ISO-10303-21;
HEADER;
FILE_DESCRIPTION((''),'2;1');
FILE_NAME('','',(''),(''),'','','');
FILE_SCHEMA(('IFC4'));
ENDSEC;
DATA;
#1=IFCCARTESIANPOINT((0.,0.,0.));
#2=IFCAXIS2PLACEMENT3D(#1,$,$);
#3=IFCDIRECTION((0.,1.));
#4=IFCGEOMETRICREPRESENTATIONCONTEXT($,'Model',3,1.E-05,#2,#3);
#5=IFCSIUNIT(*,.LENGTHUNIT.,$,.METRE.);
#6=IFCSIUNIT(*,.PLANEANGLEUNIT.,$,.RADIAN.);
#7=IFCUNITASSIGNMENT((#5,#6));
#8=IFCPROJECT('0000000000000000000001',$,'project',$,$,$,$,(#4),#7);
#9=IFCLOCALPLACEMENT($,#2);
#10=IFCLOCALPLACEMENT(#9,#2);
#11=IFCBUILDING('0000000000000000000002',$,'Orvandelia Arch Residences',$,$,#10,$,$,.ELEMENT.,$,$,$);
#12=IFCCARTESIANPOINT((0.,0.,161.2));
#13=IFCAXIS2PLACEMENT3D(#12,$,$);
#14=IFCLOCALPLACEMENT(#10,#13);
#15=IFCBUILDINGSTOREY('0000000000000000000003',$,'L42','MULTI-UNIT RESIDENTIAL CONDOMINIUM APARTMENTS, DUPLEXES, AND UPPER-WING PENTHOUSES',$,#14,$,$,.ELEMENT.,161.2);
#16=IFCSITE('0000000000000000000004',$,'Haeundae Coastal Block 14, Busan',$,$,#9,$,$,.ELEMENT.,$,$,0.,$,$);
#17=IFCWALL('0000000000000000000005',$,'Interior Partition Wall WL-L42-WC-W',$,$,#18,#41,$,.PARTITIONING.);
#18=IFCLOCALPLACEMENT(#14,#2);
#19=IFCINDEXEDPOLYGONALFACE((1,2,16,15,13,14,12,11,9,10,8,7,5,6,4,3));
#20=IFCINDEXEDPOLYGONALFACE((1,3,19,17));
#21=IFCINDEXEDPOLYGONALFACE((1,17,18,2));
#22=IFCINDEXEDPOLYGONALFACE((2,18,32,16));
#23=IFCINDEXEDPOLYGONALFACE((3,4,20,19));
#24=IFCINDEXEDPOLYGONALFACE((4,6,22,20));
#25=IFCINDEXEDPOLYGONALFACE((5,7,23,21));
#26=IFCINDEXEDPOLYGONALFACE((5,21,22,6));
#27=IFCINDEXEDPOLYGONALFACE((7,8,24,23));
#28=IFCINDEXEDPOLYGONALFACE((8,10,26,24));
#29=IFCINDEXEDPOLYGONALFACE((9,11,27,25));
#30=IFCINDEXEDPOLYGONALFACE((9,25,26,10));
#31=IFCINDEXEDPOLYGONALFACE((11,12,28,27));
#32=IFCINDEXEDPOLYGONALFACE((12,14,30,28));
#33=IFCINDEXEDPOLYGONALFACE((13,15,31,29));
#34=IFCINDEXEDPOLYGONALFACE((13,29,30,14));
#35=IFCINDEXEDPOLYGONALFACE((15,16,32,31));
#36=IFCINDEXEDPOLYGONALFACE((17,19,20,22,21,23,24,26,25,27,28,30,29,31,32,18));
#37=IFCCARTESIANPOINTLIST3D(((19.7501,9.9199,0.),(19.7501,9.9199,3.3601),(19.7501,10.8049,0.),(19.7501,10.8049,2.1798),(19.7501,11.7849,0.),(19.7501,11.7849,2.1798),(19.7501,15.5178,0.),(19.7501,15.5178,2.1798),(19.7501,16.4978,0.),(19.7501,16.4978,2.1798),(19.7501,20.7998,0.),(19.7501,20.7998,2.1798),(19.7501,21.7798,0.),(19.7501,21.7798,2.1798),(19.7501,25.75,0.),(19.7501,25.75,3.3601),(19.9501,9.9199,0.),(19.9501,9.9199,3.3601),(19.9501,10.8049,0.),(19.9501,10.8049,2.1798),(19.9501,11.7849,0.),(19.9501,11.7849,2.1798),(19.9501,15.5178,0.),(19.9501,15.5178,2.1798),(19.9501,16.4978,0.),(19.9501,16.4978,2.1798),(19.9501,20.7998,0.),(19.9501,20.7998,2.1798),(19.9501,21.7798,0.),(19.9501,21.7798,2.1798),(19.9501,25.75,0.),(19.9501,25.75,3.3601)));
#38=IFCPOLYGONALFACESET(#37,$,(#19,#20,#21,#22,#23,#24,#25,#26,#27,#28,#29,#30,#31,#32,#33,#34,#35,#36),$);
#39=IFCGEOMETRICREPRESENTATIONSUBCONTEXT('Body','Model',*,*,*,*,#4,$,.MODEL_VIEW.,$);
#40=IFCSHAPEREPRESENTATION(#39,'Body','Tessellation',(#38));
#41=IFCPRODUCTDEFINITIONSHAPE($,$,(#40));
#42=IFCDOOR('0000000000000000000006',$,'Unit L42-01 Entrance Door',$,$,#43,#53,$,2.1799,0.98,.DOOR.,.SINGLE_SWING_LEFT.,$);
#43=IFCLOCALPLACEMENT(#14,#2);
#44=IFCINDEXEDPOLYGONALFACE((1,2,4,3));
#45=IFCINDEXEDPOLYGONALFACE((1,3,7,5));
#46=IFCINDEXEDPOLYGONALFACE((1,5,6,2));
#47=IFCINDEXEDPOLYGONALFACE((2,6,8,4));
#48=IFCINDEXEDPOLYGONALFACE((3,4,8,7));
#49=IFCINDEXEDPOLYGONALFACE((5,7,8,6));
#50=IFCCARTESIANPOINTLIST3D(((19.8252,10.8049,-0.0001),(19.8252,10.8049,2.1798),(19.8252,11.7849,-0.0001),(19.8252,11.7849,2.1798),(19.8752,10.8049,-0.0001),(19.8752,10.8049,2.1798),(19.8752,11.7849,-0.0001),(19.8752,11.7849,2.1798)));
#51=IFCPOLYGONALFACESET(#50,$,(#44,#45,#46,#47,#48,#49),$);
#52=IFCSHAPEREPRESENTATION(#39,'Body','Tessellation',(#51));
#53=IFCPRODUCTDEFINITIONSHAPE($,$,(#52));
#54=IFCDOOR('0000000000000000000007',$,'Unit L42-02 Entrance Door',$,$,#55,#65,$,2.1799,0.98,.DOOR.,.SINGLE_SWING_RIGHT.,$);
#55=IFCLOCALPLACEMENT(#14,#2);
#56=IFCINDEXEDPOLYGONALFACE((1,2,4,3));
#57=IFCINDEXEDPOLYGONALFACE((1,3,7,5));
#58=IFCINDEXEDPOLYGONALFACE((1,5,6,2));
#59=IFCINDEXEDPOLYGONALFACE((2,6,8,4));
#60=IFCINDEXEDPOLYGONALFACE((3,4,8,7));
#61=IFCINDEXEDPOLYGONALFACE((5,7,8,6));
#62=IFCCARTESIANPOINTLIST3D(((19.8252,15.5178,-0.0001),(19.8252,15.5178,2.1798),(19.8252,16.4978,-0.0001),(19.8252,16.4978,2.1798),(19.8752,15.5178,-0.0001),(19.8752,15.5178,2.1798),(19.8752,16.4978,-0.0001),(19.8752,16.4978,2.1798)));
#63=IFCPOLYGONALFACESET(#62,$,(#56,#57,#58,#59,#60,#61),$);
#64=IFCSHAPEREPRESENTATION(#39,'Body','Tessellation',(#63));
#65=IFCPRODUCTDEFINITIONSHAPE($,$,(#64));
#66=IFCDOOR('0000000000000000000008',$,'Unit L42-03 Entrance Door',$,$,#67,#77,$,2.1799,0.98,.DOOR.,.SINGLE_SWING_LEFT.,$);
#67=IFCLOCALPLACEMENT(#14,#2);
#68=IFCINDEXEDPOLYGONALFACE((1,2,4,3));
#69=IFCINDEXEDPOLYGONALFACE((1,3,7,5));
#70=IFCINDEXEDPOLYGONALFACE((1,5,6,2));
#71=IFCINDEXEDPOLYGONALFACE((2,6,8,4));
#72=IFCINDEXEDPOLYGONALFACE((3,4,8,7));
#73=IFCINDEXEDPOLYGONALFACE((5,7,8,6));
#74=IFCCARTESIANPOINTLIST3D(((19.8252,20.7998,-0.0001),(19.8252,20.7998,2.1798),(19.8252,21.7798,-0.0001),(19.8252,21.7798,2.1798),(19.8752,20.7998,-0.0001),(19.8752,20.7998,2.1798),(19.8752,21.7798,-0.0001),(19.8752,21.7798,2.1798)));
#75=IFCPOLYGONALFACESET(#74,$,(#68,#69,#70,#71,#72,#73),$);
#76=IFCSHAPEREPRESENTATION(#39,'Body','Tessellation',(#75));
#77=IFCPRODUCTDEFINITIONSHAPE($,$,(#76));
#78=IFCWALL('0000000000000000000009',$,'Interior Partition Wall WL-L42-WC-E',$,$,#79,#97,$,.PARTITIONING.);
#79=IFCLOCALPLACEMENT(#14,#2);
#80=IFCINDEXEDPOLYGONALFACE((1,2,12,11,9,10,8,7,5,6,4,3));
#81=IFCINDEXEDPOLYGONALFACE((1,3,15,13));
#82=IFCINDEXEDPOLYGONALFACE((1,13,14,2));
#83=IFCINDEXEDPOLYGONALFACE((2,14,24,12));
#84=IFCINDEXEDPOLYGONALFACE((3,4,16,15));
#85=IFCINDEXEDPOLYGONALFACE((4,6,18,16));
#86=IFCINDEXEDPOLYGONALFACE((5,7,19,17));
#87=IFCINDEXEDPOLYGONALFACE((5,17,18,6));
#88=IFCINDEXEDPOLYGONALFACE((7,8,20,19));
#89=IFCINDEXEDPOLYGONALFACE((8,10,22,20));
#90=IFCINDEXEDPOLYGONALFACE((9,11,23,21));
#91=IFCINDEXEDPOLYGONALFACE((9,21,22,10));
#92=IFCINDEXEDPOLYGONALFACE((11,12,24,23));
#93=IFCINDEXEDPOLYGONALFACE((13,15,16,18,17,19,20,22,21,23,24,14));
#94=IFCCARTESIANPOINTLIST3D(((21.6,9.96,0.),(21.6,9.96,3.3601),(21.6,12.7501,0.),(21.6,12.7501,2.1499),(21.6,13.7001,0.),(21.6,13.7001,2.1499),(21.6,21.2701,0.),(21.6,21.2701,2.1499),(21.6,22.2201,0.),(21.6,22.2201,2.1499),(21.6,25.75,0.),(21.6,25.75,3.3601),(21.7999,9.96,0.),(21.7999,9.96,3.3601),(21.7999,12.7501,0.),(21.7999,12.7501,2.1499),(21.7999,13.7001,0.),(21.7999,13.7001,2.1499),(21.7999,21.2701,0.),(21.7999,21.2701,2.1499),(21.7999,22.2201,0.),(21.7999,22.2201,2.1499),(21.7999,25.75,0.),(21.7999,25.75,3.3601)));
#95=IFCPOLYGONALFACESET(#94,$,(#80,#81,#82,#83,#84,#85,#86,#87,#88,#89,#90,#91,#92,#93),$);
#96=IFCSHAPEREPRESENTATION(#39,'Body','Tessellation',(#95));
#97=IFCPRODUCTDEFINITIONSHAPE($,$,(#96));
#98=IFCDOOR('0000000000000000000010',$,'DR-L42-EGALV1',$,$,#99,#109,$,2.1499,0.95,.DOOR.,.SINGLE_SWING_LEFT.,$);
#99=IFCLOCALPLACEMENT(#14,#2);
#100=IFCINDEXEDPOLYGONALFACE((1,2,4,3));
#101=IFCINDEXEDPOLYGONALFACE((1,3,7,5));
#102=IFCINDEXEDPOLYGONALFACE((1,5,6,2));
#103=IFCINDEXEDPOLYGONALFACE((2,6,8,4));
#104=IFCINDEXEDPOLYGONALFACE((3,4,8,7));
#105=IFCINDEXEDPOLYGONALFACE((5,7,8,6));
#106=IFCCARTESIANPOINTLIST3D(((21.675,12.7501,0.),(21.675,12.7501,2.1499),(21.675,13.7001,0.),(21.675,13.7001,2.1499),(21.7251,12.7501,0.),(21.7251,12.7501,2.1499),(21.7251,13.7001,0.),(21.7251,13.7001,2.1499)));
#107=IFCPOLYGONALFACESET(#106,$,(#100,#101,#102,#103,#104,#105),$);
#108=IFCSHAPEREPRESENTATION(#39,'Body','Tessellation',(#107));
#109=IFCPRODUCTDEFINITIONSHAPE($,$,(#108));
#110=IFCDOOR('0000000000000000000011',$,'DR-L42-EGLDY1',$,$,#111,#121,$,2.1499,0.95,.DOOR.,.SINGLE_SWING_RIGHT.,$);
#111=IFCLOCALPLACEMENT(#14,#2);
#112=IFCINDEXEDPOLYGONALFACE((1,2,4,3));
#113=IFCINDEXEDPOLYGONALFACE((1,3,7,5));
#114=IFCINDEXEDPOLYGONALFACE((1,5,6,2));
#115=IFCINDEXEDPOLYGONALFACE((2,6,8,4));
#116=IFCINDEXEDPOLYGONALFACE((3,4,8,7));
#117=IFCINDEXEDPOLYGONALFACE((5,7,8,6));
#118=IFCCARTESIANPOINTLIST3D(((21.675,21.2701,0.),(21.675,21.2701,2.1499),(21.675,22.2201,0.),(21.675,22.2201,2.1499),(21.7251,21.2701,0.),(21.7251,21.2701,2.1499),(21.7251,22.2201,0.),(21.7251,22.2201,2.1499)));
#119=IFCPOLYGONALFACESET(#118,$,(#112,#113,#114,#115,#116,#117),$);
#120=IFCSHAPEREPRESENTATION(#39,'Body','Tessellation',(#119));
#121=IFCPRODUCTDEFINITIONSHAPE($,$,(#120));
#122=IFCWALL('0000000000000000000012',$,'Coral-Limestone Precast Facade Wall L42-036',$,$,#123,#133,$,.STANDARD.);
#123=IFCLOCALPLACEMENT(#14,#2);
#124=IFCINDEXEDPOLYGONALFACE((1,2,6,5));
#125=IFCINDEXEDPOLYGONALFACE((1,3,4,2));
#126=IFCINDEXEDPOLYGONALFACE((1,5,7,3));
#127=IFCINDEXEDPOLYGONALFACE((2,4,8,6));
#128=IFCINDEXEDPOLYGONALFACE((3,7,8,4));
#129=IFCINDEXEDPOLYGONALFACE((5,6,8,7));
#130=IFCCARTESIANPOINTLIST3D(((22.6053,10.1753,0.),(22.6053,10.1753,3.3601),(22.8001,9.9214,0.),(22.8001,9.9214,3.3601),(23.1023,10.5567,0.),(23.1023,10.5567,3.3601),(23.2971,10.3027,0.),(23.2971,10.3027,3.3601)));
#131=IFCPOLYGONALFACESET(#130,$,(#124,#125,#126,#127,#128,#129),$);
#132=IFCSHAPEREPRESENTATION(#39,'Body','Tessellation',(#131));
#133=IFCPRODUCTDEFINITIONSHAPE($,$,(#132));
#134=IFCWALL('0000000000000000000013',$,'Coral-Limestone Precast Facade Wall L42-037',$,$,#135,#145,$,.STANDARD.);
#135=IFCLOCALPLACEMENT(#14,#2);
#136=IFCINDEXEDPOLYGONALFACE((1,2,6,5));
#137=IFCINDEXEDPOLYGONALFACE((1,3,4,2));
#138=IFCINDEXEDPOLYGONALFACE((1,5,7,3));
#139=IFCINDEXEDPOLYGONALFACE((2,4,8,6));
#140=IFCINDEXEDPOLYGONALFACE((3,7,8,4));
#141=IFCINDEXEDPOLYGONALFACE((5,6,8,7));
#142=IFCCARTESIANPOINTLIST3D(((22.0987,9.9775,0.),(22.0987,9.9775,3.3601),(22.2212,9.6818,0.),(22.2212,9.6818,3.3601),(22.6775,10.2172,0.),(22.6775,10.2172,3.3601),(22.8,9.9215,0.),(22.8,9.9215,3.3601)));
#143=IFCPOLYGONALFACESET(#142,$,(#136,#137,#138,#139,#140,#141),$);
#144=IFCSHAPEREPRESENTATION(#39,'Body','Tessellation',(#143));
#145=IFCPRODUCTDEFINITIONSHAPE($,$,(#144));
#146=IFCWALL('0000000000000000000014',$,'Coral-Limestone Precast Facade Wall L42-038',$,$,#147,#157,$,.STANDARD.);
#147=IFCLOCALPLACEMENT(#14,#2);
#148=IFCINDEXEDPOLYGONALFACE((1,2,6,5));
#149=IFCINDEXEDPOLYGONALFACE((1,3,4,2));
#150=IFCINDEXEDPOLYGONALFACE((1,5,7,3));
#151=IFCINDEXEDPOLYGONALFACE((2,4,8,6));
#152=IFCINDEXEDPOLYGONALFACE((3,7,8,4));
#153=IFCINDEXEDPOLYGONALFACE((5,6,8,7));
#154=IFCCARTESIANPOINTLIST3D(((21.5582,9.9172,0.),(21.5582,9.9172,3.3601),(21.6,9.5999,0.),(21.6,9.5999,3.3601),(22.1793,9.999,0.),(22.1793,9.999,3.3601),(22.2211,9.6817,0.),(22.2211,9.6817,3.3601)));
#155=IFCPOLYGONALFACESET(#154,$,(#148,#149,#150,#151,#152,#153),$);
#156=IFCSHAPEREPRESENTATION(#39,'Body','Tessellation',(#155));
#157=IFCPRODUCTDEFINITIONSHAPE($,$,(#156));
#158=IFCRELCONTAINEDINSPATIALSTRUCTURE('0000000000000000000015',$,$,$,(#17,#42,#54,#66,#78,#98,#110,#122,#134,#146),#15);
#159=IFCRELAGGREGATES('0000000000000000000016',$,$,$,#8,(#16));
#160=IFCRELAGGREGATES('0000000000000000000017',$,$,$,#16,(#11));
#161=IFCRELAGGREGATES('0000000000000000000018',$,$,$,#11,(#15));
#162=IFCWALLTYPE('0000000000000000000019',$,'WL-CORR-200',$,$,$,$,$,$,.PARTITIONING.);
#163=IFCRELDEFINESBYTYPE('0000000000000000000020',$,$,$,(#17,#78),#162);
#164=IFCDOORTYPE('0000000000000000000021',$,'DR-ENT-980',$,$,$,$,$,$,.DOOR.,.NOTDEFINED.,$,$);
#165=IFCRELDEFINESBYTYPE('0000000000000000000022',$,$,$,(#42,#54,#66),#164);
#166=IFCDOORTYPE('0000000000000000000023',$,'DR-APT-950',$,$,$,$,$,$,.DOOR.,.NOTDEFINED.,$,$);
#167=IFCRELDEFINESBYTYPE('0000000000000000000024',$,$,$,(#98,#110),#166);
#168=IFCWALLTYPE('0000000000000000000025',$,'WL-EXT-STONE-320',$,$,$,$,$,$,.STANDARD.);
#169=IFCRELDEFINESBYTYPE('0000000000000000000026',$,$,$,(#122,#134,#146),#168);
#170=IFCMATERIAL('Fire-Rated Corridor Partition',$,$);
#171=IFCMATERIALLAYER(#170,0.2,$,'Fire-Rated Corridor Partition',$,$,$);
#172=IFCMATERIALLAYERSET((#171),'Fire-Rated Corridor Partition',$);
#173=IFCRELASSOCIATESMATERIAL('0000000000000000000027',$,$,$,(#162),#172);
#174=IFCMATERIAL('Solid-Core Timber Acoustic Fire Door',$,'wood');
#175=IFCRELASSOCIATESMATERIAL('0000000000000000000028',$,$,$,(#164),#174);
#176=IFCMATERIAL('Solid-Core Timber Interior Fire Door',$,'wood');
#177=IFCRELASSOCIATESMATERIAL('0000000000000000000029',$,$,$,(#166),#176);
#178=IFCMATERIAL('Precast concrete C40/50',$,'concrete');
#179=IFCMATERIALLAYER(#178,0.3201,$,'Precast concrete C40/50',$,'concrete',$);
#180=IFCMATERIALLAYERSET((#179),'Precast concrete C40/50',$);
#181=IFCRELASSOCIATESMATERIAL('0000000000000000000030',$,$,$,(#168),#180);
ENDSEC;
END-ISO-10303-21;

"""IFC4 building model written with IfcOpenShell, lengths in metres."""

from ifc_helpers import new_model, si_unit, direction, frame, frame_2d, origin, place, context, subcontext, project, spatial, rectangle, extrude, material, layer, layer_set, type_object, element, fill, save


model = new_model("IFC4")

# Units and contexts
model_context = context("Model", 3, precision=1e-05, world=origin(), true_north=direction((0.0, 1.0)))
body_context = subcontext(model_context, "Body", "Model", "MODEL_VIEW")
ifc_project = project(units=[si_unit("LENGTHUNIT", "METRE"), si_unit("PLANEANGLEUNIT", "RADIAN")], contexts=[model_context])

# Site, building, storey
site_placement = place(None, origin())
site = spatial("IfcSite", under=ifc_project, at=site_placement, Name="Haeundae Coastal Block 14, Busan", CompositionType="ELEMENT", RefElevation=0.0)
building_placement = place(site_placement, origin())
building = spatial("IfcBuilding", under=site, at=building_placement, Name="Orvandelia Arch Residences", CompositionType="ELEMENT")
storey_placement = place(building_placement, frame((0.0, 0.0, 161.2)))
storey = spatial("IfcBuildingStorey", under=building, at=storey_placement, Name="L42", Description="MULTI-UNIT RESIDENTIAL CONDOMINIUM APARTMENTS, DUPLEXES, AND UPPER-WING PENTHOUSES", CompositionType="ELEMENT", Elevation=161.2)

# Walls, openings, doors
ifc_material_1 = material(Name="Fire-Rated Corridor Partition")
ifc_layer_1 = layer(ifc_material_1, 0.2, Name="Fire-Rated Corridor Partition")
ifc_layer_set_1 = layer_set([ifc_layer_1], Name="Fire-Rated Corridor Partition")
wall_type_1 = type_object("IfcWallType", Name="WL-CORR-200", PredefinedType="PARTITIONING", material=ifc_layer_set_1)
wall_1_placement = place(storey_placement, frame((19.8501, 9.9199, 0.0), z_axis=(0.0, 0.0, 1.0), x_axis=(0.0, 1.0, 0.0)))
wall_1 = element("IfcWall", 1, at=wall_1_placement, inside=storey, type_object=wall_type_1, Name="Interior Partition Wall WL-L42-WC-W", PredefinedType="PARTITIONING", context=body_context, shape_type="SweptSolid", body=[
    extrude(rectangle(XDim=15.8301, YDim=0.2, at=frame_2d((7.915, 0.0))), origin(), (0.0, 0.0, 1.0), 3.3601),
])
opening_1_placement = place(wall_1_placement, frame((0.885, 0.0, 0.0)))
opening_1 = element("IfcOpeningElement", 2, at=opening_1_placement, cuts=wall_1, PredefinedType="OPENING", context=body_context, shape_type="SweptSolid", body=[
    extrude(rectangle(XDim=0.98, YDim=2.1799, at=frame_2d((0.49, 1.0898))), frame((0.0, 0.1099, 0.0), z_axis=(0.0, -1.0, 0.0), x_axis=(1.0, 0.0, 0.0)), (0.0, 0.0, 1.0), 0.22),
])
opening_2_placement = place(wall_1_placement, frame((5.5979, 0.0, 0.0)))
opening_2 = element("IfcOpeningElement", 3, at=opening_2_placement, cuts=wall_1, PredefinedType="OPENING", context=body_context, shape_type="SweptSolid", body=[
    extrude(rectangle(XDim=0.98, YDim=2.1799, at=frame_2d((0.49, 1.0898))), frame((0.0, 0.1099, 0.0), z_axis=(0.0, -1.0, 0.0), x_axis=(1.0, 0.0, 0.0)), (0.0, 0.0, 1.0), 0.22),
])
opening_3_placement = place(wall_1_placement, frame((10.8799, 0.0, 0.0)))
opening_3 = element("IfcOpeningElement", 4, at=opening_3_placement, cuts=wall_1, PredefinedType="OPENING", context=body_context, shape_type="SweptSolid", body=[
    extrude(rectangle(XDim=0.98, YDim=2.1799, at=frame_2d((0.49, 1.0898))), frame((0.0, 0.1099, 0.0), z_axis=(0.0, -1.0, 0.0), x_axis=(1.0, 0.0, 0.0)), (0.0, 0.0, 1.0), 0.22),
])
ifc_material_2 = material(Name="Solid-Core Timber Acoustic Fire Door", Category="wood")
door_type_1 = type_object("IfcDoorType", Name="DR-ENT-980", OperationType="NOTDEFINED", PredefinedType="DOOR", material=ifc_material_2)
door_1_placement = place(opening_1_placement, origin())
door_1 = element("IfcDoor", 5, at=door_1_placement, inside=storey, type_object=door_type_1, Name="Unit L42-01 Entrance Door", OperationType="SINGLE_SWING_LEFT", OverallHeight=2.1799, OverallWidth=0.98, PredefinedType="DOOR", context=body_context, shape_type="SweptSolid", body=[
    extrude(rectangle(XDim=0.98, YDim=2.1799, at=frame_2d((0.49, 1.0898))), frame((0.0, 0.0249, 0.0), z_axis=(0.0, -1.0, 0.0), x_axis=(1.0, 0.0, 0.0)), (0.0, 0.0, 1.0), 0.05),
])
fill(opening_1, door_1)
door_2_placement = place(opening_2_placement, origin())
door_2 = element("IfcDoor", 6, at=door_2_placement, inside=storey, type_object=door_type_1, Name="Unit L42-02 Entrance Door", OperationType="SINGLE_SWING_RIGHT", OverallHeight=2.1799, OverallWidth=0.98, PredefinedType="DOOR", context=body_context, shape_type="SweptSolid", body=[
    extrude(rectangle(XDim=0.98, YDim=2.1799, at=frame_2d((0.49, 1.0898))), frame((0.0, 0.0249, 0.0), z_axis=(0.0, -1.0, 0.0), x_axis=(1.0, 0.0, 0.0)), (0.0, 0.0, 1.0), 0.05),
])
fill(opening_2, door_2)
door_3_placement = place(opening_3_placement, origin())
door_3 = element("IfcDoor", 7, at=door_3_placement, inside=storey, type_object=door_type_1, Name="Unit L42-03 Entrance Door", OperationType="SINGLE_SWING_LEFT", OverallHeight=2.1799, OverallWidth=0.98, PredefinedType="DOOR", context=body_context, shape_type="SweptSolid", body=[
    extrude(rectangle(XDim=0.98, YDim=2.1799, at=frame_2d((0.49, 1.0898))), frame((0.0, 0.0249, 0.0), z_axis=(0.0, -1.0, 0.0), x_axis=(1.0, 0.0, 0.0)), (0.0, 0.0, 1.0), 0.05),
])
fill(opening_3, door_3)
wall_2_placement = place(storey_placement, frame((21.7, 9.96, 0.0), z_axis=(0.0, 0.0, 1.0), x_axis=(0.0, 1.0, 0.0)))
wall_2 = element("IfcWall", 8, at=wall_2_placement, inside=storey, type_object=wall_type_1, Name="Interior Partition Wall WL-L42-WC-E", PredefinedType="PARTITIONING", context=body_context, shape_type="SweptSolid", body=[
    extrude(rectangle(XDim=15.79, YDim=0.2, at=frame_2d((7.895, 0.0))), origin(), (0.0, 0.0, 1.0), 3.3601),
])
opening_4_placement = place(wall_2_placement, frame((2.79, 0.0, 0.0)))
opening_4 = element("IfcOpeningElement", 9, at=opening_4_placement, cuts=wall_2, PredefinedType="OPENING", context=body_context, shape_type="SweptSolid", body=[
    extrude(rectangle(XDim=0.95, YDim=2.1499, at=frame_2d((0.4751, 1.075))), frame((0.0, 0.1099, 0.0), z_axis=(0.0, -1.0, 0.0), x_axis=(1.0, 0.0, 0.0)), (0.0, 0.0, 1.0), 0.22),
])
opening_5_placement = place(wall_2_placement, frame((11.3101, 0.0, 0.0)))
opening_5 = element("IfcOpeningElement", 10, at=opening_5_placement, cuts=wall_2, PredefinedType="OPENING", context=body_context, shape_type="SweptSolid", body=[
    extrude(rectangle(XDim=0.95, YDim=2.1499, at=frame_2d((0.4751, 1.075))), frame((0.0, 0.1099, 0.0), z_axis=(0.0, -1.0, 0.0), x_axis=(1.0, 0.0, 0.0)), (0.0, 0.0, 1.0), 0.22),
])
ifc_material_3 = material(Name="Solid-Core Timber Interior Fire Door", Category="wood")
door_type_2 = type_object("IfcDoorType", Name="DR-APT-950", OperationType="NOTDEFINED", PredefinedType="DOOR", material=ifc_material_3)
door_4_placement = place(opening_4_placement, origin())
door_4 = element("IfcDoor", 11, at=door_4_placement, inside=storey, type_object=door_type_2, Name="DR-L42-EGALV1", OperationType="SINGLE_SWING_LEFT", OverallHeight=2.1499, OverallWidth=0.95, PredefinedType="DOOR", context=body_context, shape_type="SweptSolid", body=[
    extrude(rectangle(XDim=0.95, YDim=2.1499, at=frame_2d((0.4751, 1.075))), frame((0.0, 0.0249, 0.0), z_axis=(0.0, -1.0, 0.0), x_axis=(1.0, 0.0, 0.0)), (0.0, 0.0, 1.0), 0.05),
])
fill(opening_4, door_4)
door_5_placement = place(opening_5_placement, origin())
door_5 = element("IfcDoor", 12, at=door_5_placement, inside=storey, type_object=door_type_2, Name="DR-L42-EGLDY1", OperationType="SINGLE_SWING_RIGHT", OverallHeight=2.1499, OverallWidth=0.95, PredefinedType="DOOR", context=body_context, shape_type="SweptSolid", body=[
    extrude(rectangle(XDim=0.95, YDim=2.1499, at=frame_2d((0.4751, 1.075))), frame((0.0, 0.0249, 0.0), z_axis=(0.0, -1.0, 0.0), x_axis=(1.0, 0.0, 0.0)), (0.0, 0.0, 1.0), 0.05),
])
fill(opening_5, door_5)

# Walls
ifc_material_4 = material(Name="Precast concrete C40/50", Category="concrete")
ifc_layer_2 = layer(ifc_material_4, 0.3201, Name="Precast concrete C40/50", Category="concrete")
ifc_layer_set_2 = layer_set([ifc_layer_2], Name="Precast concrete C40/50")
wall_type_2 = type_object("IfcWallType", Name="WL-EXT-STONE-320", PredefinedType="STANDARD", material=ifc_layer_set_2)
for number, where, z_axis, x_axis, name in (
    (13, (23.1997, 10.4297, 0.0), (0.0, 0.0, 1.0), (-0.793406, -0.608693, 0.0), "Coral-Limestone Precast Facade Wall L42-036"),
    (14, (22.7388, 10.0693, 0.0), (0.0, 0.0, 1.0), (-0.923893, -0.38265, 0.0), "Coral-Limestone Precast Facade Wall L42-037"),
    (15, (22.2002, 9.8403, 0.0), (0.0, 0.0, 1.0), (-0.991441, -0.130555, 0.0), "Coral-Limestone Precast Facade Wall L42-038"),
):
    element("IfcWall", number, at=place(storey_placement, frame(where, z_axis=z_axis, x_axis=x_axis)), inside=storey, type_object=wall_type_2, Name=name, PredefinedType="STANDARD", context=body_context, shape_type="SweptSolid", body=[
        extrude(rectangle(XDim=0.6265, YDim=0.3201, at=frame_2d((0.3132, 0.0))), origin(), (0.0, 0.0, 1.0), 3.3601),
    ])

save(model, "model.ifc")
